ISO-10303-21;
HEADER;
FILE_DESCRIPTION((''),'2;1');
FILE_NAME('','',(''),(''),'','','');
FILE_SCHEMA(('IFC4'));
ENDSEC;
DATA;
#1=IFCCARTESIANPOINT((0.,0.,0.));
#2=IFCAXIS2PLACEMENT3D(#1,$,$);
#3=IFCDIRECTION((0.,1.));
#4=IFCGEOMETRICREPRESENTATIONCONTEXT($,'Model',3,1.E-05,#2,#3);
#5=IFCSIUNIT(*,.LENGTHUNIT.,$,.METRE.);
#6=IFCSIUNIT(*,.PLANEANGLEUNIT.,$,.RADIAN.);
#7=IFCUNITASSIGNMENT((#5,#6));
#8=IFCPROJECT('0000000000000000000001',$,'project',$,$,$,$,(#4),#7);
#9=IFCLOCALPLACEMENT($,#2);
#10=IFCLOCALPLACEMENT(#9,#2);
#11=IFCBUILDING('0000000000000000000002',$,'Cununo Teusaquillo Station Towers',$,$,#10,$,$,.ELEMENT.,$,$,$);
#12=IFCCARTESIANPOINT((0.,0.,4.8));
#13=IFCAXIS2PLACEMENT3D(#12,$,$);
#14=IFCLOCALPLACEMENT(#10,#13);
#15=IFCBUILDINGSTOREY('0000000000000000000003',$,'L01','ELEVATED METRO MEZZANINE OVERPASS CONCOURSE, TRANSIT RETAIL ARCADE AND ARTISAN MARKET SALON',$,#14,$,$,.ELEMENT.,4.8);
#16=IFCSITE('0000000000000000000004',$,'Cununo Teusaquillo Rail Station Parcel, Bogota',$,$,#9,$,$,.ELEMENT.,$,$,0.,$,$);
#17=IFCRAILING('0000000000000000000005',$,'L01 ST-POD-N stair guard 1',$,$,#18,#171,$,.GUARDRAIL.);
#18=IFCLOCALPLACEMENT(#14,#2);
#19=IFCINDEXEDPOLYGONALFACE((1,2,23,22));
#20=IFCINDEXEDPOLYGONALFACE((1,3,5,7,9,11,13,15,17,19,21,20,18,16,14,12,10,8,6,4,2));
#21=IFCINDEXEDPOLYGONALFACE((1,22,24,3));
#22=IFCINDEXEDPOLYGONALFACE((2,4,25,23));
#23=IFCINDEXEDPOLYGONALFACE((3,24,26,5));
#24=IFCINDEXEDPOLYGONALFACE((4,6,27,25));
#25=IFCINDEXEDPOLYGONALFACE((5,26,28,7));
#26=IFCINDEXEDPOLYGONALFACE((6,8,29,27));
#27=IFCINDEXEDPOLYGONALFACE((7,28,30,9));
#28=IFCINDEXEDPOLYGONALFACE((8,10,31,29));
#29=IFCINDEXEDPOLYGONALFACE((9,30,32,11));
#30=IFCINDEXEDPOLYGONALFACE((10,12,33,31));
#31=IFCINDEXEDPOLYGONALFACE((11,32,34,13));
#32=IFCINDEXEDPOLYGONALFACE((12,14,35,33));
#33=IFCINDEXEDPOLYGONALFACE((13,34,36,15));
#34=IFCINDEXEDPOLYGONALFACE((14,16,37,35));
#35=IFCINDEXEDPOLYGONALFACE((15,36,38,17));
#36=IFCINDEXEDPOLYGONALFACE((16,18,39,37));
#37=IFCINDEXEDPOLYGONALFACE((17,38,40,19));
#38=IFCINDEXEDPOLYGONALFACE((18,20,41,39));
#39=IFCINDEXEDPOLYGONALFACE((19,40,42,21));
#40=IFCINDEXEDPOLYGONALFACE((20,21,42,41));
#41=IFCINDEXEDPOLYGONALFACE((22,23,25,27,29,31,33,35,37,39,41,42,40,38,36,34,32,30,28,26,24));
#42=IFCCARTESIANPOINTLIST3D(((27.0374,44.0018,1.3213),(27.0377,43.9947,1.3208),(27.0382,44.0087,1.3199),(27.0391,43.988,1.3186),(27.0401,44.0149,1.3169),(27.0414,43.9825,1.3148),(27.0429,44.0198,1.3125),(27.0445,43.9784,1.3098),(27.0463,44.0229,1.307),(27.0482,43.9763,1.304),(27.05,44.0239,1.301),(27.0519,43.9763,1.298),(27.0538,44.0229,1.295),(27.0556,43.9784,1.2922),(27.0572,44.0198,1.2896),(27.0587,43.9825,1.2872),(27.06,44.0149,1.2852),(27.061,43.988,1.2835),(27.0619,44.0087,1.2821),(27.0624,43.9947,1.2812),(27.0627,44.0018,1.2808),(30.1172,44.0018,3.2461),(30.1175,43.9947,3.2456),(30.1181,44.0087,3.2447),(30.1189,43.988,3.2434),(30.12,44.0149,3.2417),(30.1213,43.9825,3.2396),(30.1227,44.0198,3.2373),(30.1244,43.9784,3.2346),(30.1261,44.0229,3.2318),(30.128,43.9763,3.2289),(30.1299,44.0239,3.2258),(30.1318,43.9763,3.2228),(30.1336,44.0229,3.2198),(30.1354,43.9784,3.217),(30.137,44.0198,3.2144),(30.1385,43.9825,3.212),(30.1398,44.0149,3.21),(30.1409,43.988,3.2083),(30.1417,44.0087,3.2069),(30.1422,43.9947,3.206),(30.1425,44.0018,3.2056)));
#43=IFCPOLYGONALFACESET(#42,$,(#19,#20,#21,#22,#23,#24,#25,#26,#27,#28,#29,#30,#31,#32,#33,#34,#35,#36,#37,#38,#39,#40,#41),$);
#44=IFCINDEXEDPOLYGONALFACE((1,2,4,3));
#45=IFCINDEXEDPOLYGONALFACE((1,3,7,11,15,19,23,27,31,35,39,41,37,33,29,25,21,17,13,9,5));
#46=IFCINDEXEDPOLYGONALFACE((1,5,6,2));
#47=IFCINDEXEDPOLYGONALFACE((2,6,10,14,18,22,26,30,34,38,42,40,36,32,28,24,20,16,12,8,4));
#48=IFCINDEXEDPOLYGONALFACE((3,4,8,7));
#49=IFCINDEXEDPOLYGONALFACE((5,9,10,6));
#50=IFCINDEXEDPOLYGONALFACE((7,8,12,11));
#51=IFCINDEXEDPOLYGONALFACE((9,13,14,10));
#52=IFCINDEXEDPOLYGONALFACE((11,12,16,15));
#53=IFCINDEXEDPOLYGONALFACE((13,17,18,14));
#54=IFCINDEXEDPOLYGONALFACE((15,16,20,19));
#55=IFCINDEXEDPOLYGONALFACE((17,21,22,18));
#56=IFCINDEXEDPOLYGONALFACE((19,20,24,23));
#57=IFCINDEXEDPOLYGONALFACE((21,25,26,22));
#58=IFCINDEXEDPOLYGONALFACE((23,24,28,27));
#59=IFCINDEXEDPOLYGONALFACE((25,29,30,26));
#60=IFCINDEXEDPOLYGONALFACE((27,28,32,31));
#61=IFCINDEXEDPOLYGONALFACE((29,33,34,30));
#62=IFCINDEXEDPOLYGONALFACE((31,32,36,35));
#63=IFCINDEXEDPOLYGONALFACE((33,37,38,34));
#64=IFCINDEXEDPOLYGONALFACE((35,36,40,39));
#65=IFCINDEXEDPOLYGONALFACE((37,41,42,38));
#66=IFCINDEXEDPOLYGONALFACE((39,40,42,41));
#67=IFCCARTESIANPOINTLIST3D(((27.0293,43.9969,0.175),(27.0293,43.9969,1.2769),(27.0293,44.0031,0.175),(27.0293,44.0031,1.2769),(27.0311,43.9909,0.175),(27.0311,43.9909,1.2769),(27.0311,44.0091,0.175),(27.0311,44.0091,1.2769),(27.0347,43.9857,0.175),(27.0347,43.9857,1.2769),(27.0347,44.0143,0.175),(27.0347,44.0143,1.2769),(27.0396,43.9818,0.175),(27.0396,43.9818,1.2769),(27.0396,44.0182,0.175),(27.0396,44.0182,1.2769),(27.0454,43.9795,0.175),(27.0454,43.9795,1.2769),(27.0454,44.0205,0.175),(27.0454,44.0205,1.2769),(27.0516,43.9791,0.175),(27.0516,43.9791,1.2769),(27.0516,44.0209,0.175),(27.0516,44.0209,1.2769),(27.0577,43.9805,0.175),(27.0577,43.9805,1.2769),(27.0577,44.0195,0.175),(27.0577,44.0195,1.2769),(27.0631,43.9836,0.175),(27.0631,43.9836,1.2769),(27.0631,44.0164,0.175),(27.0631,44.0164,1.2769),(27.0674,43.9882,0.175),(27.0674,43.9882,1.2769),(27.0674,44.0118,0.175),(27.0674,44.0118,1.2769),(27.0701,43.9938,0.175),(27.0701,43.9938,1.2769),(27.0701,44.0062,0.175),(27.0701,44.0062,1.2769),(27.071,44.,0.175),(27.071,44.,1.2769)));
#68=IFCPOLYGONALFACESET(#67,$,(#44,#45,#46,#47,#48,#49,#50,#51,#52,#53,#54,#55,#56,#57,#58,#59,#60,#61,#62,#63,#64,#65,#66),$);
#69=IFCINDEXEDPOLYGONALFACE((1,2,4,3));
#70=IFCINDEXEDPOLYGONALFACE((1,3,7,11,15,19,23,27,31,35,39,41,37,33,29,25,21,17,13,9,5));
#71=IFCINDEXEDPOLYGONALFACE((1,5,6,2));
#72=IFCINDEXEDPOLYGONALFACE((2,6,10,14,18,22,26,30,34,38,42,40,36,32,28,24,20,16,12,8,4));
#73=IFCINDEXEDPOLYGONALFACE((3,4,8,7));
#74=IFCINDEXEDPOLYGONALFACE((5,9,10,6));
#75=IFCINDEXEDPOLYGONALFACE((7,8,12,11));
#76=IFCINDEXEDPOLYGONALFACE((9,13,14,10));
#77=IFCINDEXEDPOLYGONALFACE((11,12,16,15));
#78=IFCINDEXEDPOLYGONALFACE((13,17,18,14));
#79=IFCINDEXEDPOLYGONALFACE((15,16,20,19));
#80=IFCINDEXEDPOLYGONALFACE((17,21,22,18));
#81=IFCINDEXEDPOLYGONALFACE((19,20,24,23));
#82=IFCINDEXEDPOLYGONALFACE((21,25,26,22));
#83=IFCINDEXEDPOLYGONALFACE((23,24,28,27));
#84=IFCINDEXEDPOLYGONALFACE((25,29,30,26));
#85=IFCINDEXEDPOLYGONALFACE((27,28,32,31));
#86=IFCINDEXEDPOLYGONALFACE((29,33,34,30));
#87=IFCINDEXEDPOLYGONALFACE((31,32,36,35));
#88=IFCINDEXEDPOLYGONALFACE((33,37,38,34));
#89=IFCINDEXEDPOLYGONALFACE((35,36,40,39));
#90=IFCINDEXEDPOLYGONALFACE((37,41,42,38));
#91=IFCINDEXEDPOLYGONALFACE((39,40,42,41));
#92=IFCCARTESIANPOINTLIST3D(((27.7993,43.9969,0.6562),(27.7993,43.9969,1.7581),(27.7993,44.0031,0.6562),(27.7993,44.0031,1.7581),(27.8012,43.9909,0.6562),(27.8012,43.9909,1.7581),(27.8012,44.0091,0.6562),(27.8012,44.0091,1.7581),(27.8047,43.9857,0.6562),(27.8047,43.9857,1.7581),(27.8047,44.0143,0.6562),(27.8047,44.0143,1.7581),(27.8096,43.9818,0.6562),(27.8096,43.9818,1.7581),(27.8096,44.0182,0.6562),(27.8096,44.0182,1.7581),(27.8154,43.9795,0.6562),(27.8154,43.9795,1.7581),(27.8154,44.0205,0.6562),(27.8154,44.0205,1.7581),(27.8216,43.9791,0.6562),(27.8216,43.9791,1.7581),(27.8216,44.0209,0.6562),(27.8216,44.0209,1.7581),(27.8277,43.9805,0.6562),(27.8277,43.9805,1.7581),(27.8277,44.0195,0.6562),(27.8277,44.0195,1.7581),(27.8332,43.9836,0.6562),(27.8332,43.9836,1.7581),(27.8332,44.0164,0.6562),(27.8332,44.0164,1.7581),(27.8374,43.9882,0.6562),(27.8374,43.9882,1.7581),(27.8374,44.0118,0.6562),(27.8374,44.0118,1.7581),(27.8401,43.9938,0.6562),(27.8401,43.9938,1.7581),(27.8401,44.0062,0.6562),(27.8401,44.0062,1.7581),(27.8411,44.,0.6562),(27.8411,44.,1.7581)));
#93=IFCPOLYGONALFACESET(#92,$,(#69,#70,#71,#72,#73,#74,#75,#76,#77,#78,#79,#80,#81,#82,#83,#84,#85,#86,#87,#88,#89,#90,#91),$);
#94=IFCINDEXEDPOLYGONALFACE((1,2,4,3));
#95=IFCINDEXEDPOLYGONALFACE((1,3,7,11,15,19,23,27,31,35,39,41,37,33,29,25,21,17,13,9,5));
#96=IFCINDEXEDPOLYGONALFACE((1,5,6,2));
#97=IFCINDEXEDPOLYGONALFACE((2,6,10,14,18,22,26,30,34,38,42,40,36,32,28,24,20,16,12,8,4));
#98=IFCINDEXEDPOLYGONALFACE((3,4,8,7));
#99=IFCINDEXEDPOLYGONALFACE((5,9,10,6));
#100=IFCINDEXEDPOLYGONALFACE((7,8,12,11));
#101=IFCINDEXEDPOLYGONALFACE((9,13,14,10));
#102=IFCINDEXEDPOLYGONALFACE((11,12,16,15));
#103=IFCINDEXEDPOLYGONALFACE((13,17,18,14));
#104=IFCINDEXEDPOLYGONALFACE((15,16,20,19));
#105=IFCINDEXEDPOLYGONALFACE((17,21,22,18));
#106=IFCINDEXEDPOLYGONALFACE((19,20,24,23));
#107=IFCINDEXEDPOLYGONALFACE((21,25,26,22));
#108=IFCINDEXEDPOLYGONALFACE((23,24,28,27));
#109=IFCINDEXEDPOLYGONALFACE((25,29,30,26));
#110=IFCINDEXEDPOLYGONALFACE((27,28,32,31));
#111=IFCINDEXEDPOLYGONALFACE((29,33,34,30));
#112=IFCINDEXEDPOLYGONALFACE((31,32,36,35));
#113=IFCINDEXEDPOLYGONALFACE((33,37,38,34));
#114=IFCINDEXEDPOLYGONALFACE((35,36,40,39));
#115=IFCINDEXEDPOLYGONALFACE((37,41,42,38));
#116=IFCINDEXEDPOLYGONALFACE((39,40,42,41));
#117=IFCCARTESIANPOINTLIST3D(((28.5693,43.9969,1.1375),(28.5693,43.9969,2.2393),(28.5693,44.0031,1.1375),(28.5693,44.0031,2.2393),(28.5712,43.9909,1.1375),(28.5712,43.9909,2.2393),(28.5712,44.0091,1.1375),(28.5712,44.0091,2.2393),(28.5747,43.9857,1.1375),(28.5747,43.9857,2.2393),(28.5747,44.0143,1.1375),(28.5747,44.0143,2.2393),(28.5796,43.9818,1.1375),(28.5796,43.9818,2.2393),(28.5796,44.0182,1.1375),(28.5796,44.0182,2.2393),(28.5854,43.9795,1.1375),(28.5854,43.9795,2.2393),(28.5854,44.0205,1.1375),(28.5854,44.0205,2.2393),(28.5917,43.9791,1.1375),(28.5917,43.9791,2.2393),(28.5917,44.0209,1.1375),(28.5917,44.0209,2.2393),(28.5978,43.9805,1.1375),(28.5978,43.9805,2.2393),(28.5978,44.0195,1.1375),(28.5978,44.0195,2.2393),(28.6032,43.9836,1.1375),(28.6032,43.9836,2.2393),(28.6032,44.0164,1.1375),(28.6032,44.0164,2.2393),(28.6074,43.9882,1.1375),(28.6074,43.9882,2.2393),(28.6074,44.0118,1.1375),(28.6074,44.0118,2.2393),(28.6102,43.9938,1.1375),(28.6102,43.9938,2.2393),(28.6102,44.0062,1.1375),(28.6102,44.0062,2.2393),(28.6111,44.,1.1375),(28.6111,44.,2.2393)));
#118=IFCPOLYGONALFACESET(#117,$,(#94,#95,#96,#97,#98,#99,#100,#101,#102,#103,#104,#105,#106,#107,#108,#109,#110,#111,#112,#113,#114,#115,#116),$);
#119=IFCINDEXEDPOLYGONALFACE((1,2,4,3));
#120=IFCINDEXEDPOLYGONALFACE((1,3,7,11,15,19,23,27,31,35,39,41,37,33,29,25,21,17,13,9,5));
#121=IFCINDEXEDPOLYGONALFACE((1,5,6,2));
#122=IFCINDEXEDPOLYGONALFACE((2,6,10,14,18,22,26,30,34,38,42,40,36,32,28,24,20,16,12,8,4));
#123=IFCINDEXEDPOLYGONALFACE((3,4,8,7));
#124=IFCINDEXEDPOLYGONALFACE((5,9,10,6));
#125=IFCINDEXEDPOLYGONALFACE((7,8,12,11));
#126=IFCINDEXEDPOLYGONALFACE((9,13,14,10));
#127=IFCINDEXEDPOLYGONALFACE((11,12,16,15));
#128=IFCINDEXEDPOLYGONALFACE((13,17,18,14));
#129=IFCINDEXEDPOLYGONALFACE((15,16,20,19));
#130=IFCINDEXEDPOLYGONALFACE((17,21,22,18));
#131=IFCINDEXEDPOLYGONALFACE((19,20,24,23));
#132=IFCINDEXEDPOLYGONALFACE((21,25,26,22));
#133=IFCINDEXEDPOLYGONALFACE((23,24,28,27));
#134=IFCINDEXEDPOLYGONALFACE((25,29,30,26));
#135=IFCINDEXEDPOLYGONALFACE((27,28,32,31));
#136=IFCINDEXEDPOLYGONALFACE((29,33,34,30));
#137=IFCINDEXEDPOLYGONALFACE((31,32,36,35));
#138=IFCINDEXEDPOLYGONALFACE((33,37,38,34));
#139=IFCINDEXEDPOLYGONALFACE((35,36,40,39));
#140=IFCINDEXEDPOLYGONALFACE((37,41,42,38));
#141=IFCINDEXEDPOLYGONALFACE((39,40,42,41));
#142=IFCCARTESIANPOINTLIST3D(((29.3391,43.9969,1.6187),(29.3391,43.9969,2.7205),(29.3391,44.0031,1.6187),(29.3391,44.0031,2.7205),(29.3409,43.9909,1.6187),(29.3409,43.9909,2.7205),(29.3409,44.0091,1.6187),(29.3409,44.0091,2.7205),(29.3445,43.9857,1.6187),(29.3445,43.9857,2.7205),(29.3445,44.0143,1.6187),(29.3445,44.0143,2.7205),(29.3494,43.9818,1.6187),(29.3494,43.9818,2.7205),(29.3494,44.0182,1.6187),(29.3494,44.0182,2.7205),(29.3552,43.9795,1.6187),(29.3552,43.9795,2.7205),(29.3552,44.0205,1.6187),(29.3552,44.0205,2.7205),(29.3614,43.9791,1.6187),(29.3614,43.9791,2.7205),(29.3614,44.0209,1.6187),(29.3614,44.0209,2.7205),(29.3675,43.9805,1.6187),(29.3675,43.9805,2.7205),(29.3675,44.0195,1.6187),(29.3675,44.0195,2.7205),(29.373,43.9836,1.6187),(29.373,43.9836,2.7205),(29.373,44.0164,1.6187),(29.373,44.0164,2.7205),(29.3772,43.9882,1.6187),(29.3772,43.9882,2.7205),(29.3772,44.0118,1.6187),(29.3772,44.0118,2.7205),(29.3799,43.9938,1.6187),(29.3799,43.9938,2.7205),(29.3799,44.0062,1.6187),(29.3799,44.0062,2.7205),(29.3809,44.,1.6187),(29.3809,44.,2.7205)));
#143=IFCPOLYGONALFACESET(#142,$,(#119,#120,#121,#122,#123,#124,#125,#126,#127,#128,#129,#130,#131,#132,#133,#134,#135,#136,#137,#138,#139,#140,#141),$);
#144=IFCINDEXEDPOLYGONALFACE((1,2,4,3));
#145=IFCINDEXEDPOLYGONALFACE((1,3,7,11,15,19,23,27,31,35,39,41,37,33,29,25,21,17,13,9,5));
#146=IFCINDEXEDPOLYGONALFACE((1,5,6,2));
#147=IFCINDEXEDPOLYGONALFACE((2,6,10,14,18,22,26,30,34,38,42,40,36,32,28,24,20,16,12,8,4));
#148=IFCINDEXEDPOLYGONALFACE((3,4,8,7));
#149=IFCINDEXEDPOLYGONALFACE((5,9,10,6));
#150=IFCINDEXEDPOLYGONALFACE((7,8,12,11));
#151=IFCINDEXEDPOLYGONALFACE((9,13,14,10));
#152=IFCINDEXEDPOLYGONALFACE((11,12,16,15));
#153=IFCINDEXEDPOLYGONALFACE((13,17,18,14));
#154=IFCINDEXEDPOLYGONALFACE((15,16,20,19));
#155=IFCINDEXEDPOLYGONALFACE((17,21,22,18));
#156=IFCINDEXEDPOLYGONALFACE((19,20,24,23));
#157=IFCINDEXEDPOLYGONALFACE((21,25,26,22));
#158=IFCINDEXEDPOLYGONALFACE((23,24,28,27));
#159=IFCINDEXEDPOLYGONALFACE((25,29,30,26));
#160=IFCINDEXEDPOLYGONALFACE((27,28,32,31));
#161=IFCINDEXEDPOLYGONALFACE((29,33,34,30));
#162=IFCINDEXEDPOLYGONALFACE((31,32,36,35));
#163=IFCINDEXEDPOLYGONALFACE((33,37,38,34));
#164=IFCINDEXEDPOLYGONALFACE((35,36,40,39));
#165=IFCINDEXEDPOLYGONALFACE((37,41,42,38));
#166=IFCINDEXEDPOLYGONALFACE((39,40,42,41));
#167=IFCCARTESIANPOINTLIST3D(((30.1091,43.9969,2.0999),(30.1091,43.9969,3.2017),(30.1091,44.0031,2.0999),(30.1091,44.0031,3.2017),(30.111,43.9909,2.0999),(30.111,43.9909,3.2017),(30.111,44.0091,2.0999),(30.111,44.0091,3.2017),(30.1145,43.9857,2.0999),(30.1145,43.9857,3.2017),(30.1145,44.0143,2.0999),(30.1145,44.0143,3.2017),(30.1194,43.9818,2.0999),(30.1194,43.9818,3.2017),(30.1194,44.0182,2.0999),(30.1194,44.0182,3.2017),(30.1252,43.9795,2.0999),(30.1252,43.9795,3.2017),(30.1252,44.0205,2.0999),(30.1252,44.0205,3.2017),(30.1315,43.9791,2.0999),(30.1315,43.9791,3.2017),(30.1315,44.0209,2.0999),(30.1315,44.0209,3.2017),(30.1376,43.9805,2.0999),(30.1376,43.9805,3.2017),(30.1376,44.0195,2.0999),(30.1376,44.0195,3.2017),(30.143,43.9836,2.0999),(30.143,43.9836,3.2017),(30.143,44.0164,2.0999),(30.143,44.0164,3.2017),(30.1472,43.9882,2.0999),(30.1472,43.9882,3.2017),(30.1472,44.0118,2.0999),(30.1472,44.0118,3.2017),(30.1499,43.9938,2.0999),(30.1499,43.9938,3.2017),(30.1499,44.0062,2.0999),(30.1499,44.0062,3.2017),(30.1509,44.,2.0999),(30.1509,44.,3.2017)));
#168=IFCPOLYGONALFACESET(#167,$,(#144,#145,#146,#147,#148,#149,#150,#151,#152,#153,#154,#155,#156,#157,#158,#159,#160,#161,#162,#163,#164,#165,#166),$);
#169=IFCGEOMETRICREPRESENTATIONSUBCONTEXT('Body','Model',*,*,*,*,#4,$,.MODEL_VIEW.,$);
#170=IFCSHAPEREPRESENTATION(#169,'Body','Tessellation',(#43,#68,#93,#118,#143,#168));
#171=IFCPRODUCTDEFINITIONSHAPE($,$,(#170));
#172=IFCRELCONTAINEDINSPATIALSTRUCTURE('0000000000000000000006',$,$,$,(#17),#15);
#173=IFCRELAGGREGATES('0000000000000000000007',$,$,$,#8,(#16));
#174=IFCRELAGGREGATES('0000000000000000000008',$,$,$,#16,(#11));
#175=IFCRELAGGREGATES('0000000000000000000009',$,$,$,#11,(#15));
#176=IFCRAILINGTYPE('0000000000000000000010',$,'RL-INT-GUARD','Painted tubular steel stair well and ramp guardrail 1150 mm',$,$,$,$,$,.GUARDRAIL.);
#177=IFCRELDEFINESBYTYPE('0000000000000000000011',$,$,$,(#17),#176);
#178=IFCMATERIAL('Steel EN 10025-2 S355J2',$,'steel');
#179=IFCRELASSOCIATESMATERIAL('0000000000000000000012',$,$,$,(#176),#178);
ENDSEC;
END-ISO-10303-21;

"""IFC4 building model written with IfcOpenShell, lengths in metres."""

from ifc_helpers import new_model, si_unit, direction, frame, origin, origin_2d, place, context, subcontext, project, spatial, circle, extrude, material, type_object, element, save


model = new_model("IFC4")

# Units and contexts
model_context = context("Model", 3, precision=1e-05, world=origin(), true_north=direction((0.0, 1.0)))
body_context = subcontext(model_context, "Body", "Model", "MODEL_VIEW")
ifc_project = project(units=[si_unit("LENGTHUNIT", "METRE"), si_unit("PLANEANGLEUNIT", "RADIAN")], contexts=[model_context])

# Site, building, storey
site_placement = place(None, origin())
site = spatial("IfcSite", under=ifc_project, at=site_placement, Name="Cununo Teusaquillo Rail Station Parcel, Bogota", CompositionType="ELEMENT", RefElevation=0.0)
building_placement = place(site_placement, origin())
building = spatial("IfcBuilding", under=site, at=building_placement, Name="Cununo Teusaquillo Station Towers", CompositionType="ELEMENT")
storey_placement = place(building_placement, frame((0.0, 0.0, 4.8)))
storey = spatial("IfcBuildingStorey", under=building, at=storey_placement, Name="L01", Description="ELEVATED METRO MEZZANINE OVERPASS CONCOURSE, TRANSIT RETAIL ARCADE AND ARTISAN MARKET SALON", CompositionType="ELEMENT", Elevation=4.8)

# Railing
ifc_material_1 = material(Name="Steel EN 10025-2 S355J2", Category="steel")
railing_type_1 = type_object("IfcRailingType", Name="RL-INT-GUARD", Description="Painted tubular steel stair well and ramp guardrail 1150 mm", PredefinedType="GUARDRAIL", material=ifc_material_1)
railing_1_placement = place(storey_placement, frame((27.05, 44.0, 0.175)))
element("IfcRailing", 1, at=railing_1_placement, inside=storey, type_object=railing_type_1, Name="L01 ST-POD-N stair guard 1", PredefinedType="GUARDRAIL", context=body_context, shape_type="SweptSolid", body=[
    extrude(circle(Radius=0.0239, at=origin_2d()), frame((0.0, 0.0, 1.126), z_axis=(0.84801, 0.0, 0.529981), x_axis=(0.0, 1.0, 0.0)), (0.0, 0.0, 1.0), 3.6318),
    extrude(circle(Radius=0.021, at=origin_2d()), origin(), (0.0, 0.0, 1.0), 1.1018),
    extrude(circle(Radius=0.021, at=origin_2d()), frame((0.77, 0.0, 0.4812)), (0.0, 0.0, 1.0), 1.1018),
    extrude(circle(Radius=0.021, at=origin_2d()), frame((1.54, 0.0, 0.9624)), (0.0, 0.0, 1.0), 1.1018),
    extrude(circle(Radius=0.021, at=origin_2d()), frame((2.3098, 0.0, 1.4436)), (0.0, 0.0, 1.0), 1.1018),
    extrude(circle(Radius=0.021, at=origin_2d()), frame((3.0798, 0.0, 1.9248)), (0.0, 0.0, 1.0), 1.1018),
])

save(model, "model.ifc")
